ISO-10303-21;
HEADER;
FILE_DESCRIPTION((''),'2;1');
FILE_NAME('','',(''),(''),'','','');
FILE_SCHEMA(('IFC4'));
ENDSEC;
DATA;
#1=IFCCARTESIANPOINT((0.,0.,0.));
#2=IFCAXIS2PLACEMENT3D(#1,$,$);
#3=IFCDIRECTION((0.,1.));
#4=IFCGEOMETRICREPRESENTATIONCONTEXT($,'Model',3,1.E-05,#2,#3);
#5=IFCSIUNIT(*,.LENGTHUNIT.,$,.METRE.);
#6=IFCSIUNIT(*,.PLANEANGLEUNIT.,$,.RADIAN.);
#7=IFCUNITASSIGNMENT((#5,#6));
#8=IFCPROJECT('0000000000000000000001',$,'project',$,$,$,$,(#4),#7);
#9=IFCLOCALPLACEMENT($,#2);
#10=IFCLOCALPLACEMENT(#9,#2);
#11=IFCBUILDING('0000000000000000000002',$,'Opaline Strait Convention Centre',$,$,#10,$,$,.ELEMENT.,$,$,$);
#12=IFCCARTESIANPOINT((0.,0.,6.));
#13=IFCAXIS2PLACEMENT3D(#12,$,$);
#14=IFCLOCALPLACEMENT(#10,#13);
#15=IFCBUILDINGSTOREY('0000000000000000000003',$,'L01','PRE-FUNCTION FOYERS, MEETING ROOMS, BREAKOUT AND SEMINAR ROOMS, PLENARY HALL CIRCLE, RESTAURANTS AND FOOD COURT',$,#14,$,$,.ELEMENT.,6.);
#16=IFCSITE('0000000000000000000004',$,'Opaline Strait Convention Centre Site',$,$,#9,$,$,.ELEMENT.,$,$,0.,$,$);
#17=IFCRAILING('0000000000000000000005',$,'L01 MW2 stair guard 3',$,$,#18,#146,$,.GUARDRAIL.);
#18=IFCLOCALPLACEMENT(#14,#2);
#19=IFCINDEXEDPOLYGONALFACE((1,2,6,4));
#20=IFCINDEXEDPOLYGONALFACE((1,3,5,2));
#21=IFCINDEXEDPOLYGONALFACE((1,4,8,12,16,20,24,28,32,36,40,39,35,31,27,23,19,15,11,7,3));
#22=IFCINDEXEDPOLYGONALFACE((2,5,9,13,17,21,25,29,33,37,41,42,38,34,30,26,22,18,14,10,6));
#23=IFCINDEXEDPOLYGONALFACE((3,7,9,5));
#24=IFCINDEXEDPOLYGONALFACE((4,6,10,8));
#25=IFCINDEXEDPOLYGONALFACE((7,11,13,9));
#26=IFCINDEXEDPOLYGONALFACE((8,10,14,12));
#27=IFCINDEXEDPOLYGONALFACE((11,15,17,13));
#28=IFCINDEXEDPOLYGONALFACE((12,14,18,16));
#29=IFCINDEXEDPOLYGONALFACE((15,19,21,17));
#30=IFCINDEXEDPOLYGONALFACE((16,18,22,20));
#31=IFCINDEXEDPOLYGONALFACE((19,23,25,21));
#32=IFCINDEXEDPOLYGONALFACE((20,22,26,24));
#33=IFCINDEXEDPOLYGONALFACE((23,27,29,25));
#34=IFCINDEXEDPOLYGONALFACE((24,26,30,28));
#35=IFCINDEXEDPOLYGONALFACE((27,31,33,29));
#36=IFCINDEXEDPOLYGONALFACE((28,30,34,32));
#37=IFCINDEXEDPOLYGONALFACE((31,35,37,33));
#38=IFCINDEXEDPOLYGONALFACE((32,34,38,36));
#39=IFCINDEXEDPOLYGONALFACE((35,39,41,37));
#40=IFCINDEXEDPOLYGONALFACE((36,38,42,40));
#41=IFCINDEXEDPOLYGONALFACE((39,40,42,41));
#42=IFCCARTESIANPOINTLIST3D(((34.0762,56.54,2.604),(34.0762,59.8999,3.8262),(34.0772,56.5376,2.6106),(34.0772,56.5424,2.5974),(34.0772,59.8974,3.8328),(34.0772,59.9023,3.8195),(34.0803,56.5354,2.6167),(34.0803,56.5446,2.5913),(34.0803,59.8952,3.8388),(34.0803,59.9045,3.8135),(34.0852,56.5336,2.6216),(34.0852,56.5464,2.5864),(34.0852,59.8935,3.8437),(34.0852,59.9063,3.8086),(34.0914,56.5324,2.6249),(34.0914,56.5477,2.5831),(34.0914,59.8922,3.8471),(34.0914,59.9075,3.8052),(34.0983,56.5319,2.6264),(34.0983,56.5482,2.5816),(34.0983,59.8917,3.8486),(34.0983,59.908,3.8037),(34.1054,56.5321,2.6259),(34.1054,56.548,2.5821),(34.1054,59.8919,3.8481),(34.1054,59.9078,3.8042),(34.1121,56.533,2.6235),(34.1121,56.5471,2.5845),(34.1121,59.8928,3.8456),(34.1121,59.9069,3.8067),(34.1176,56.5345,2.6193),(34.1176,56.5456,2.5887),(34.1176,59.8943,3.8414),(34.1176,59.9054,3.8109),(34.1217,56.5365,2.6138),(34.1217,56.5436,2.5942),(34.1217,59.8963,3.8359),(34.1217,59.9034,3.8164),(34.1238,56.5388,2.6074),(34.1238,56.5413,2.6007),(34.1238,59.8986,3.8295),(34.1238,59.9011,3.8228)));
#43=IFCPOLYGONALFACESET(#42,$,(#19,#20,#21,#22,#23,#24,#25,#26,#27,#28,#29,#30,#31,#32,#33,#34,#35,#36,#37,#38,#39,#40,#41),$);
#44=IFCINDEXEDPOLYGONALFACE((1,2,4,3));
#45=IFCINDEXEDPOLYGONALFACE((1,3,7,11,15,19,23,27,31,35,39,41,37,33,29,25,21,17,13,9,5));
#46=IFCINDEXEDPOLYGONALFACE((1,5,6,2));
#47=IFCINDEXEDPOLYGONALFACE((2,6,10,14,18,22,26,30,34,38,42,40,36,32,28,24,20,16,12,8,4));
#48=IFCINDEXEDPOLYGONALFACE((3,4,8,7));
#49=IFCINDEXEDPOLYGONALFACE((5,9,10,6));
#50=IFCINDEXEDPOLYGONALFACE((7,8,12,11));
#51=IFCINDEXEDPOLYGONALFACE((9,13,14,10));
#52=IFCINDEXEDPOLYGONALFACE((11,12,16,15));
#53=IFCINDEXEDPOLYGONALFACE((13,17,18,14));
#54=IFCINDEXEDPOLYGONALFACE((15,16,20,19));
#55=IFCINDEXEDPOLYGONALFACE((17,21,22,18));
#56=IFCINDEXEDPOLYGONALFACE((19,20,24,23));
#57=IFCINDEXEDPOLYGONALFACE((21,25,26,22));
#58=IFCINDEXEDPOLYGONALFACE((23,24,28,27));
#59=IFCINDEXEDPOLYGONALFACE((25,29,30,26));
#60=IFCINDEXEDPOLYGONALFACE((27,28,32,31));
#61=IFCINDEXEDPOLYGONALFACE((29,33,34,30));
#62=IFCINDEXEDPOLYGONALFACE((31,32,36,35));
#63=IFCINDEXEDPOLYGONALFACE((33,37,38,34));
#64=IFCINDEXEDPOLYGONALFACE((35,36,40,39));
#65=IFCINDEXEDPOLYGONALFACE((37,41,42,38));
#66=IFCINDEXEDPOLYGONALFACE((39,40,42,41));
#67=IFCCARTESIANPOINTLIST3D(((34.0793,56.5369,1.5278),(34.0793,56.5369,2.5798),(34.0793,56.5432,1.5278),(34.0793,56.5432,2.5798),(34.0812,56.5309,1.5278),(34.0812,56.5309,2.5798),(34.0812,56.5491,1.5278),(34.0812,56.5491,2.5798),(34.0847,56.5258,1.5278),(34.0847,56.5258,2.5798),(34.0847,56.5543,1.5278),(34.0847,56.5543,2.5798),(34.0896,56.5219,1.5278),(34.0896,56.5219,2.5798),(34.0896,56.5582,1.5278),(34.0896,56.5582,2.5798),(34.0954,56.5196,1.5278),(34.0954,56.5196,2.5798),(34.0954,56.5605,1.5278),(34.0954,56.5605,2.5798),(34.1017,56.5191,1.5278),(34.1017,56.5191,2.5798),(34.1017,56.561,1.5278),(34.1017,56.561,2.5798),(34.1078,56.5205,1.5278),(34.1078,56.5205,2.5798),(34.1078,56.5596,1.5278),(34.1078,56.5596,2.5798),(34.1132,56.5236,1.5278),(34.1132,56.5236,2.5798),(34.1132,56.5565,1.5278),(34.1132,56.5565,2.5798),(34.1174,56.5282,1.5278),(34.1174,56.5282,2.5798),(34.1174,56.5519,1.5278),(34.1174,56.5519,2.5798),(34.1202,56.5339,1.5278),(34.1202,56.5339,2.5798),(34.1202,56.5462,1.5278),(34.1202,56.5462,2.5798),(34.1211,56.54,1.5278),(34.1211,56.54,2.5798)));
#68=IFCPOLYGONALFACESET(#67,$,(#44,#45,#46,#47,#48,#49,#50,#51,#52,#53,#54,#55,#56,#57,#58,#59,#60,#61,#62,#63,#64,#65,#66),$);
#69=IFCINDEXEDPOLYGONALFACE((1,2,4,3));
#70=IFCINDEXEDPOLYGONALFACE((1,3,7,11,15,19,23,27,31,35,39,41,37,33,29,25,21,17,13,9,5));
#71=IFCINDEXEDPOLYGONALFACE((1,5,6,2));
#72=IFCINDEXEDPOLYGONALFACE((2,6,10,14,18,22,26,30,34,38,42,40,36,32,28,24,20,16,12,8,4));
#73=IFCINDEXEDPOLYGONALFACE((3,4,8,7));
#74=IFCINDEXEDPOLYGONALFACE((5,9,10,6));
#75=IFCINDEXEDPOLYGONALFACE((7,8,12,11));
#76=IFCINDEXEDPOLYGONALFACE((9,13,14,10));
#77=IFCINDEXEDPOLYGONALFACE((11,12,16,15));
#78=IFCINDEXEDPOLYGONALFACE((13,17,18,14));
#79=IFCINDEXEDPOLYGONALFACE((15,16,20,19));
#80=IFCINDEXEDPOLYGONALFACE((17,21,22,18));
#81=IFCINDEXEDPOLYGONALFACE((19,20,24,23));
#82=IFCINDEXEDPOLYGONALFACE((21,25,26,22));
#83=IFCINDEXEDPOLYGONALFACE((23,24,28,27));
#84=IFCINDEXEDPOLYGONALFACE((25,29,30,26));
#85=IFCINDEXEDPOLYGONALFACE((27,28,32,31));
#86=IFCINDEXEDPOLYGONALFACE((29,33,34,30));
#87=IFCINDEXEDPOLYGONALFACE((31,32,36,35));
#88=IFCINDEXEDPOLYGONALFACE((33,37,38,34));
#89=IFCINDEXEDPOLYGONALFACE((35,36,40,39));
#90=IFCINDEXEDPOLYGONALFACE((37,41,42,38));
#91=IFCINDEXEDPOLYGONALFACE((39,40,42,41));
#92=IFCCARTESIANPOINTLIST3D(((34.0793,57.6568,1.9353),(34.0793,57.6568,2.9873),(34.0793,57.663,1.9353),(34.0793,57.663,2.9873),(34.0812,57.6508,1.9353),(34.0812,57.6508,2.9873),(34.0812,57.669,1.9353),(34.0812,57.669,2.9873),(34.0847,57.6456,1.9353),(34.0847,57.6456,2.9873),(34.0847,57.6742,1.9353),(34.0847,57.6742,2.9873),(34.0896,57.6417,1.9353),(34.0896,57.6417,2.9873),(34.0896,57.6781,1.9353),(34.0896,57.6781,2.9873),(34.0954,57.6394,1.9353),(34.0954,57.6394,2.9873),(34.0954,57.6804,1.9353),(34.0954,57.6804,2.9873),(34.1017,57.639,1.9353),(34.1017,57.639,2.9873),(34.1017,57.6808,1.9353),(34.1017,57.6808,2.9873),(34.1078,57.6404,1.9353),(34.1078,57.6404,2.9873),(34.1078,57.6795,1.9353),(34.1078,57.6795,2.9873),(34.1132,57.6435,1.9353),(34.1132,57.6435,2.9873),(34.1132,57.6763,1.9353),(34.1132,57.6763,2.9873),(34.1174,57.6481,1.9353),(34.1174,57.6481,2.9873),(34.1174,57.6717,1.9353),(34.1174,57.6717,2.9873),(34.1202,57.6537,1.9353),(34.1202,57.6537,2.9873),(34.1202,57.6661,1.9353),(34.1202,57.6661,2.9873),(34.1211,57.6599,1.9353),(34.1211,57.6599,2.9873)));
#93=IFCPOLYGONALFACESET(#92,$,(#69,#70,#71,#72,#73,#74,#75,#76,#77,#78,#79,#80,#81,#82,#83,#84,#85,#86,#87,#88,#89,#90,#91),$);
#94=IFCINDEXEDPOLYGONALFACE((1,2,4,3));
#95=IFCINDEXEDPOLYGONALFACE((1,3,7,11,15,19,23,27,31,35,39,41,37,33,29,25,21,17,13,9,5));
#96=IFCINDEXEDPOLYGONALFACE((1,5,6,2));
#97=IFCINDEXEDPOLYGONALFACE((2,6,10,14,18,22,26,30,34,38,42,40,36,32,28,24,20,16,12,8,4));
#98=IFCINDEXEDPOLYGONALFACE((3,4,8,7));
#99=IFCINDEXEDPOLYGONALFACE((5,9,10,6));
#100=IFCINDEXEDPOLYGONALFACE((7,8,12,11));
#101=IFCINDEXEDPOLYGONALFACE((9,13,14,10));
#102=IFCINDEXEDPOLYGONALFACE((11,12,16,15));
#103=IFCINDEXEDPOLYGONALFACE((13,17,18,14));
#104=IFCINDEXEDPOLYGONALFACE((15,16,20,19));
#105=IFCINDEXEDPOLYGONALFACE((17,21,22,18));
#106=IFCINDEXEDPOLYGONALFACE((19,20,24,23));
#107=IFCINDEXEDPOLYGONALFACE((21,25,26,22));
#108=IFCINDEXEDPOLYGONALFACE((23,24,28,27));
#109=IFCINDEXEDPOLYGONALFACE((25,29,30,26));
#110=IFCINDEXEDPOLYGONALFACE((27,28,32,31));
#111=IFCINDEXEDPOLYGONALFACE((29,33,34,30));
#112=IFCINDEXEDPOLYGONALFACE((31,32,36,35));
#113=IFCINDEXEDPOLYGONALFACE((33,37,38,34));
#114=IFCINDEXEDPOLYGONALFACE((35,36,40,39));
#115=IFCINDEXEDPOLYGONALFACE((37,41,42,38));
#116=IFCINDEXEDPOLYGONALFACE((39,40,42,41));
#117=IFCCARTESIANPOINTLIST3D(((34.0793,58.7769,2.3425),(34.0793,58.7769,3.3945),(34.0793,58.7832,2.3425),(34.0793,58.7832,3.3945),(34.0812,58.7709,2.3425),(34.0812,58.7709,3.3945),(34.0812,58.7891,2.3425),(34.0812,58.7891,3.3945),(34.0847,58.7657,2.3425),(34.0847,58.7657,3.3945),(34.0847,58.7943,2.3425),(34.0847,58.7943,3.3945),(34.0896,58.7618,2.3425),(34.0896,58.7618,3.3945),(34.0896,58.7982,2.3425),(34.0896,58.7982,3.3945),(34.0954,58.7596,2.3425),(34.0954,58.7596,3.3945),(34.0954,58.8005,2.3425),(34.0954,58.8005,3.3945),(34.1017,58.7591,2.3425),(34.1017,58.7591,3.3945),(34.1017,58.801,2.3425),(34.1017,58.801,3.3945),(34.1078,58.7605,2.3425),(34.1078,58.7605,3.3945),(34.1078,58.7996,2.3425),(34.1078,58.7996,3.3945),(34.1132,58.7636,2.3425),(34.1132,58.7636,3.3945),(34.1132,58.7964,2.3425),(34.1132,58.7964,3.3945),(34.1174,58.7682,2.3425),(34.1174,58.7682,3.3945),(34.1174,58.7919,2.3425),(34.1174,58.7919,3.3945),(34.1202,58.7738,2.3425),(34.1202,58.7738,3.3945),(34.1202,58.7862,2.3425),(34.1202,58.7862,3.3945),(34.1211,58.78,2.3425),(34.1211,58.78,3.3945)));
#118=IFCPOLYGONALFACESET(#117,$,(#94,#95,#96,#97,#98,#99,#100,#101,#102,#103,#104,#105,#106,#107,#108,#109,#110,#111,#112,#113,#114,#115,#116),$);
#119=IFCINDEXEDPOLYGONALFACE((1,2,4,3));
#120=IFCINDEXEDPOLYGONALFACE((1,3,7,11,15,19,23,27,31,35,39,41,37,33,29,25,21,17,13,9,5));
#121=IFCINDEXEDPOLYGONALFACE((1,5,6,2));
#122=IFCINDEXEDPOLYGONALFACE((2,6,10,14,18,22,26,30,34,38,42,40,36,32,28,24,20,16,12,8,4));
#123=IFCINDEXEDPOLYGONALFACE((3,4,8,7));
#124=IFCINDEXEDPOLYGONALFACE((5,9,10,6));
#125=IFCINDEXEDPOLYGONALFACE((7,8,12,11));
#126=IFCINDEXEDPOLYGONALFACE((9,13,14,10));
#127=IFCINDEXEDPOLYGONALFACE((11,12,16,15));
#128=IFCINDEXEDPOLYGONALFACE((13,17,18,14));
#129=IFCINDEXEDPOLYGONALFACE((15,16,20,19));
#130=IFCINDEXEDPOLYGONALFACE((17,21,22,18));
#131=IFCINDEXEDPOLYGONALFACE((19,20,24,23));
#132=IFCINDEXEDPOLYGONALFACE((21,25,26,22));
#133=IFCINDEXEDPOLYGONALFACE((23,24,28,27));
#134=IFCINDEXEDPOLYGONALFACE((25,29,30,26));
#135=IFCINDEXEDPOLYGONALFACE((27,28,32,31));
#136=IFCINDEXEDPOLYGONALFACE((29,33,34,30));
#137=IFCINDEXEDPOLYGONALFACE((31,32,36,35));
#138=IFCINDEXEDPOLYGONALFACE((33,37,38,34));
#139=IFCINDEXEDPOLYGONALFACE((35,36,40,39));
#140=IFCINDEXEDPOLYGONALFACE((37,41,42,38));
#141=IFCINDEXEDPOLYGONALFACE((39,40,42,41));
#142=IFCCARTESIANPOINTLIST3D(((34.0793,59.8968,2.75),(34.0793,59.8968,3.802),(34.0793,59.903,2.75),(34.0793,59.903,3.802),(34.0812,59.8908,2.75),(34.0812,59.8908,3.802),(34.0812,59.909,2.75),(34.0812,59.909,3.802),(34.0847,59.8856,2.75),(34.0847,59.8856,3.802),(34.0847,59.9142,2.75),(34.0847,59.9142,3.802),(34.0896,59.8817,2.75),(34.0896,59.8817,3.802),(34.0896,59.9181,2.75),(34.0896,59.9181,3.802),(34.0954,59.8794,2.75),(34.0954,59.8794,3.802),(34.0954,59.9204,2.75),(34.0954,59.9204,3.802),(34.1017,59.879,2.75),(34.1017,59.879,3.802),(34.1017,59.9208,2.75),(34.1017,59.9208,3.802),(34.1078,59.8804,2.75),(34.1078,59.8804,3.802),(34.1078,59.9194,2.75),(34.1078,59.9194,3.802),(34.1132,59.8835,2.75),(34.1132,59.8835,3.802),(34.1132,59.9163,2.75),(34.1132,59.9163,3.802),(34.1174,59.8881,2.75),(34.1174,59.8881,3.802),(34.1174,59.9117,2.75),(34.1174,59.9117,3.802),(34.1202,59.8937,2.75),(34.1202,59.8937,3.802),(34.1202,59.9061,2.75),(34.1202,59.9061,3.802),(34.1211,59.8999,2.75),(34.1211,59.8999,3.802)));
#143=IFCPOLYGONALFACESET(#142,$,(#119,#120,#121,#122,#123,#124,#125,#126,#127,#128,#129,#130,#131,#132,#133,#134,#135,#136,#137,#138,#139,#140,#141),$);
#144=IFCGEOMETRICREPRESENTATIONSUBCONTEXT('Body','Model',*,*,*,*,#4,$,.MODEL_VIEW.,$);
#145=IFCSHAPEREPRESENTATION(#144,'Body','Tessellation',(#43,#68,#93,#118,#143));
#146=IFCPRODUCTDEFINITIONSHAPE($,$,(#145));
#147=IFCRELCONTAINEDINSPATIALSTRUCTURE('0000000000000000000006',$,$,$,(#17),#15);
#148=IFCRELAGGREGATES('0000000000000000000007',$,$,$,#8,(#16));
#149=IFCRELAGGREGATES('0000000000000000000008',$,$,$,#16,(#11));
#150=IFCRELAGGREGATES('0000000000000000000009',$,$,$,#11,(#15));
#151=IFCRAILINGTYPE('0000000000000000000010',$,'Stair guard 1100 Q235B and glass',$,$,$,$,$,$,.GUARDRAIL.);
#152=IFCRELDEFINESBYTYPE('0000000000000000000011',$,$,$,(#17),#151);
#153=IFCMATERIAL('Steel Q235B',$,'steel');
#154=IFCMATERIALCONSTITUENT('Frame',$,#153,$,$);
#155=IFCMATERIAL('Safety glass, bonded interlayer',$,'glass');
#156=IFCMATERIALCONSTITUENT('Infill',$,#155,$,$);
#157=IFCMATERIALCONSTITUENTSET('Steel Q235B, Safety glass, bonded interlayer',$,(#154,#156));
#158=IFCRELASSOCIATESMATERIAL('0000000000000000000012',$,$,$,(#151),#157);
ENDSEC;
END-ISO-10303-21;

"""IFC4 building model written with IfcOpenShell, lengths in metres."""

from ifc_helpers import new_model, si_unit, direction, frame, origin, origin_2d, place, context, subcontext, project, spatial, circle, extrude, material, constituent, constituent_set, type_object, element, save


model = new_model("IFC4")

# Units and contexts
model_context = context("Model", 3, precision=1e-05, world=origin(), true_north=direction((0.0, 1.0)))
body_context = subcontext(model_context, "Body", "Model", "MODEL_VIEW")
ifc_project = project(units=[si_unit("LENGTHUNIT", "METRE"), si_unit("PLANEANGLEUNIT", "RADIAN")], contexts=[model_context])

# Site, building, storey
site_placement = place(None, origin())
site = spatial("IfcSite", under=ifc_project, at=site_placement, Name="Opaline Strait Convention Centre Site", CompositionType="ELEMENT", RefElevation=0.0)
building_placement = place(site_placement, origin())
building = spatial("IfcBuilding", under=site, at=building_placement, Name="Opaline Strait Convention Centre", CompositionType="ELEMENT")
storey_placement = place(building_placement, frame((0.0, 0.0, 6.0)))
storey = spatial("IfcBuildingStorey", under=building, at=storey_placement, Name="L01", Description="PRE-FUNCTION FOYERS, MEETING ROOMS, BREAKOUT AND SEMINAR ROOMS, PLENARY HALL CIRCLE, RESTAURANTS AND FOOD COURT", CompositionType="ELEMENT", Elevation=6.0)

# Railing
ifc_material_1 = material(Name="Steel Q235B", Category="steel")
ifc_constituent_1 = constituent(ifc_material_1, Name="Frame")
ifc_material_2 = material(Name="Safety glass, bonded interlayer", Category="glass")
ifc_constituent_2 = constituent(ifc_material_2, Name="Infill")
ifc_constituent_set = constituent_set(constituents=[ifc_constituent_1, ifc_constituent_2], Name="Steel Q235B, Safety glass, bonded interlayer")
railing_type_1 = type_object("IfcRailingType", Name="Stair guard 1100 Q235B and glass", PredefinedType="GUARDRAIL", material=ifc_constituent_set)
railing_1_placement = place(storey_placement, frame((34.1001, 56.54, 1.5278)))
element("IfcRailing", 1, at=railing_1_placement, inside=storey, type_object=railing_type_1, Name="L01 MW2 stair guard 3", PredefinedType="GUARDRAIL", context=body_context, shape_type="SweptSolid", body=[
    extrude(circle(Radius=0.0239, at=origin_2d()), frame((0.0, 0.0, 1.0762), z_axis=(0.0, 0.939758, 0.341842), x_axis=(-1.0, 0.0, 0.0)), (0.0, 0.0, 1.0), 3.5752),
    extrude(circle(Radius=0.021, at=origin_2d()), origin(), (0.0, 0.0, 1.0), 1.052),
    extrude(circle(Radius=0.021, at=origin_2d()), frame((0.0, 1.1199, 0.4075)), (0.0, 0.0, 1.0), 1.052),
    extrude(circle(Radius=0.021, at=origin_2d()), frame((0.0, 2.24, 0.8147)), (0.0, 0.0, 1.0), 1.052),
    extrude(circle(Radius=0.021, at=origin_2d()), frame((0.0, 3.3599, 1.2222)), (0.0, 0.0, 1.0), 1.052),
])

save(model, "model.ifc")
